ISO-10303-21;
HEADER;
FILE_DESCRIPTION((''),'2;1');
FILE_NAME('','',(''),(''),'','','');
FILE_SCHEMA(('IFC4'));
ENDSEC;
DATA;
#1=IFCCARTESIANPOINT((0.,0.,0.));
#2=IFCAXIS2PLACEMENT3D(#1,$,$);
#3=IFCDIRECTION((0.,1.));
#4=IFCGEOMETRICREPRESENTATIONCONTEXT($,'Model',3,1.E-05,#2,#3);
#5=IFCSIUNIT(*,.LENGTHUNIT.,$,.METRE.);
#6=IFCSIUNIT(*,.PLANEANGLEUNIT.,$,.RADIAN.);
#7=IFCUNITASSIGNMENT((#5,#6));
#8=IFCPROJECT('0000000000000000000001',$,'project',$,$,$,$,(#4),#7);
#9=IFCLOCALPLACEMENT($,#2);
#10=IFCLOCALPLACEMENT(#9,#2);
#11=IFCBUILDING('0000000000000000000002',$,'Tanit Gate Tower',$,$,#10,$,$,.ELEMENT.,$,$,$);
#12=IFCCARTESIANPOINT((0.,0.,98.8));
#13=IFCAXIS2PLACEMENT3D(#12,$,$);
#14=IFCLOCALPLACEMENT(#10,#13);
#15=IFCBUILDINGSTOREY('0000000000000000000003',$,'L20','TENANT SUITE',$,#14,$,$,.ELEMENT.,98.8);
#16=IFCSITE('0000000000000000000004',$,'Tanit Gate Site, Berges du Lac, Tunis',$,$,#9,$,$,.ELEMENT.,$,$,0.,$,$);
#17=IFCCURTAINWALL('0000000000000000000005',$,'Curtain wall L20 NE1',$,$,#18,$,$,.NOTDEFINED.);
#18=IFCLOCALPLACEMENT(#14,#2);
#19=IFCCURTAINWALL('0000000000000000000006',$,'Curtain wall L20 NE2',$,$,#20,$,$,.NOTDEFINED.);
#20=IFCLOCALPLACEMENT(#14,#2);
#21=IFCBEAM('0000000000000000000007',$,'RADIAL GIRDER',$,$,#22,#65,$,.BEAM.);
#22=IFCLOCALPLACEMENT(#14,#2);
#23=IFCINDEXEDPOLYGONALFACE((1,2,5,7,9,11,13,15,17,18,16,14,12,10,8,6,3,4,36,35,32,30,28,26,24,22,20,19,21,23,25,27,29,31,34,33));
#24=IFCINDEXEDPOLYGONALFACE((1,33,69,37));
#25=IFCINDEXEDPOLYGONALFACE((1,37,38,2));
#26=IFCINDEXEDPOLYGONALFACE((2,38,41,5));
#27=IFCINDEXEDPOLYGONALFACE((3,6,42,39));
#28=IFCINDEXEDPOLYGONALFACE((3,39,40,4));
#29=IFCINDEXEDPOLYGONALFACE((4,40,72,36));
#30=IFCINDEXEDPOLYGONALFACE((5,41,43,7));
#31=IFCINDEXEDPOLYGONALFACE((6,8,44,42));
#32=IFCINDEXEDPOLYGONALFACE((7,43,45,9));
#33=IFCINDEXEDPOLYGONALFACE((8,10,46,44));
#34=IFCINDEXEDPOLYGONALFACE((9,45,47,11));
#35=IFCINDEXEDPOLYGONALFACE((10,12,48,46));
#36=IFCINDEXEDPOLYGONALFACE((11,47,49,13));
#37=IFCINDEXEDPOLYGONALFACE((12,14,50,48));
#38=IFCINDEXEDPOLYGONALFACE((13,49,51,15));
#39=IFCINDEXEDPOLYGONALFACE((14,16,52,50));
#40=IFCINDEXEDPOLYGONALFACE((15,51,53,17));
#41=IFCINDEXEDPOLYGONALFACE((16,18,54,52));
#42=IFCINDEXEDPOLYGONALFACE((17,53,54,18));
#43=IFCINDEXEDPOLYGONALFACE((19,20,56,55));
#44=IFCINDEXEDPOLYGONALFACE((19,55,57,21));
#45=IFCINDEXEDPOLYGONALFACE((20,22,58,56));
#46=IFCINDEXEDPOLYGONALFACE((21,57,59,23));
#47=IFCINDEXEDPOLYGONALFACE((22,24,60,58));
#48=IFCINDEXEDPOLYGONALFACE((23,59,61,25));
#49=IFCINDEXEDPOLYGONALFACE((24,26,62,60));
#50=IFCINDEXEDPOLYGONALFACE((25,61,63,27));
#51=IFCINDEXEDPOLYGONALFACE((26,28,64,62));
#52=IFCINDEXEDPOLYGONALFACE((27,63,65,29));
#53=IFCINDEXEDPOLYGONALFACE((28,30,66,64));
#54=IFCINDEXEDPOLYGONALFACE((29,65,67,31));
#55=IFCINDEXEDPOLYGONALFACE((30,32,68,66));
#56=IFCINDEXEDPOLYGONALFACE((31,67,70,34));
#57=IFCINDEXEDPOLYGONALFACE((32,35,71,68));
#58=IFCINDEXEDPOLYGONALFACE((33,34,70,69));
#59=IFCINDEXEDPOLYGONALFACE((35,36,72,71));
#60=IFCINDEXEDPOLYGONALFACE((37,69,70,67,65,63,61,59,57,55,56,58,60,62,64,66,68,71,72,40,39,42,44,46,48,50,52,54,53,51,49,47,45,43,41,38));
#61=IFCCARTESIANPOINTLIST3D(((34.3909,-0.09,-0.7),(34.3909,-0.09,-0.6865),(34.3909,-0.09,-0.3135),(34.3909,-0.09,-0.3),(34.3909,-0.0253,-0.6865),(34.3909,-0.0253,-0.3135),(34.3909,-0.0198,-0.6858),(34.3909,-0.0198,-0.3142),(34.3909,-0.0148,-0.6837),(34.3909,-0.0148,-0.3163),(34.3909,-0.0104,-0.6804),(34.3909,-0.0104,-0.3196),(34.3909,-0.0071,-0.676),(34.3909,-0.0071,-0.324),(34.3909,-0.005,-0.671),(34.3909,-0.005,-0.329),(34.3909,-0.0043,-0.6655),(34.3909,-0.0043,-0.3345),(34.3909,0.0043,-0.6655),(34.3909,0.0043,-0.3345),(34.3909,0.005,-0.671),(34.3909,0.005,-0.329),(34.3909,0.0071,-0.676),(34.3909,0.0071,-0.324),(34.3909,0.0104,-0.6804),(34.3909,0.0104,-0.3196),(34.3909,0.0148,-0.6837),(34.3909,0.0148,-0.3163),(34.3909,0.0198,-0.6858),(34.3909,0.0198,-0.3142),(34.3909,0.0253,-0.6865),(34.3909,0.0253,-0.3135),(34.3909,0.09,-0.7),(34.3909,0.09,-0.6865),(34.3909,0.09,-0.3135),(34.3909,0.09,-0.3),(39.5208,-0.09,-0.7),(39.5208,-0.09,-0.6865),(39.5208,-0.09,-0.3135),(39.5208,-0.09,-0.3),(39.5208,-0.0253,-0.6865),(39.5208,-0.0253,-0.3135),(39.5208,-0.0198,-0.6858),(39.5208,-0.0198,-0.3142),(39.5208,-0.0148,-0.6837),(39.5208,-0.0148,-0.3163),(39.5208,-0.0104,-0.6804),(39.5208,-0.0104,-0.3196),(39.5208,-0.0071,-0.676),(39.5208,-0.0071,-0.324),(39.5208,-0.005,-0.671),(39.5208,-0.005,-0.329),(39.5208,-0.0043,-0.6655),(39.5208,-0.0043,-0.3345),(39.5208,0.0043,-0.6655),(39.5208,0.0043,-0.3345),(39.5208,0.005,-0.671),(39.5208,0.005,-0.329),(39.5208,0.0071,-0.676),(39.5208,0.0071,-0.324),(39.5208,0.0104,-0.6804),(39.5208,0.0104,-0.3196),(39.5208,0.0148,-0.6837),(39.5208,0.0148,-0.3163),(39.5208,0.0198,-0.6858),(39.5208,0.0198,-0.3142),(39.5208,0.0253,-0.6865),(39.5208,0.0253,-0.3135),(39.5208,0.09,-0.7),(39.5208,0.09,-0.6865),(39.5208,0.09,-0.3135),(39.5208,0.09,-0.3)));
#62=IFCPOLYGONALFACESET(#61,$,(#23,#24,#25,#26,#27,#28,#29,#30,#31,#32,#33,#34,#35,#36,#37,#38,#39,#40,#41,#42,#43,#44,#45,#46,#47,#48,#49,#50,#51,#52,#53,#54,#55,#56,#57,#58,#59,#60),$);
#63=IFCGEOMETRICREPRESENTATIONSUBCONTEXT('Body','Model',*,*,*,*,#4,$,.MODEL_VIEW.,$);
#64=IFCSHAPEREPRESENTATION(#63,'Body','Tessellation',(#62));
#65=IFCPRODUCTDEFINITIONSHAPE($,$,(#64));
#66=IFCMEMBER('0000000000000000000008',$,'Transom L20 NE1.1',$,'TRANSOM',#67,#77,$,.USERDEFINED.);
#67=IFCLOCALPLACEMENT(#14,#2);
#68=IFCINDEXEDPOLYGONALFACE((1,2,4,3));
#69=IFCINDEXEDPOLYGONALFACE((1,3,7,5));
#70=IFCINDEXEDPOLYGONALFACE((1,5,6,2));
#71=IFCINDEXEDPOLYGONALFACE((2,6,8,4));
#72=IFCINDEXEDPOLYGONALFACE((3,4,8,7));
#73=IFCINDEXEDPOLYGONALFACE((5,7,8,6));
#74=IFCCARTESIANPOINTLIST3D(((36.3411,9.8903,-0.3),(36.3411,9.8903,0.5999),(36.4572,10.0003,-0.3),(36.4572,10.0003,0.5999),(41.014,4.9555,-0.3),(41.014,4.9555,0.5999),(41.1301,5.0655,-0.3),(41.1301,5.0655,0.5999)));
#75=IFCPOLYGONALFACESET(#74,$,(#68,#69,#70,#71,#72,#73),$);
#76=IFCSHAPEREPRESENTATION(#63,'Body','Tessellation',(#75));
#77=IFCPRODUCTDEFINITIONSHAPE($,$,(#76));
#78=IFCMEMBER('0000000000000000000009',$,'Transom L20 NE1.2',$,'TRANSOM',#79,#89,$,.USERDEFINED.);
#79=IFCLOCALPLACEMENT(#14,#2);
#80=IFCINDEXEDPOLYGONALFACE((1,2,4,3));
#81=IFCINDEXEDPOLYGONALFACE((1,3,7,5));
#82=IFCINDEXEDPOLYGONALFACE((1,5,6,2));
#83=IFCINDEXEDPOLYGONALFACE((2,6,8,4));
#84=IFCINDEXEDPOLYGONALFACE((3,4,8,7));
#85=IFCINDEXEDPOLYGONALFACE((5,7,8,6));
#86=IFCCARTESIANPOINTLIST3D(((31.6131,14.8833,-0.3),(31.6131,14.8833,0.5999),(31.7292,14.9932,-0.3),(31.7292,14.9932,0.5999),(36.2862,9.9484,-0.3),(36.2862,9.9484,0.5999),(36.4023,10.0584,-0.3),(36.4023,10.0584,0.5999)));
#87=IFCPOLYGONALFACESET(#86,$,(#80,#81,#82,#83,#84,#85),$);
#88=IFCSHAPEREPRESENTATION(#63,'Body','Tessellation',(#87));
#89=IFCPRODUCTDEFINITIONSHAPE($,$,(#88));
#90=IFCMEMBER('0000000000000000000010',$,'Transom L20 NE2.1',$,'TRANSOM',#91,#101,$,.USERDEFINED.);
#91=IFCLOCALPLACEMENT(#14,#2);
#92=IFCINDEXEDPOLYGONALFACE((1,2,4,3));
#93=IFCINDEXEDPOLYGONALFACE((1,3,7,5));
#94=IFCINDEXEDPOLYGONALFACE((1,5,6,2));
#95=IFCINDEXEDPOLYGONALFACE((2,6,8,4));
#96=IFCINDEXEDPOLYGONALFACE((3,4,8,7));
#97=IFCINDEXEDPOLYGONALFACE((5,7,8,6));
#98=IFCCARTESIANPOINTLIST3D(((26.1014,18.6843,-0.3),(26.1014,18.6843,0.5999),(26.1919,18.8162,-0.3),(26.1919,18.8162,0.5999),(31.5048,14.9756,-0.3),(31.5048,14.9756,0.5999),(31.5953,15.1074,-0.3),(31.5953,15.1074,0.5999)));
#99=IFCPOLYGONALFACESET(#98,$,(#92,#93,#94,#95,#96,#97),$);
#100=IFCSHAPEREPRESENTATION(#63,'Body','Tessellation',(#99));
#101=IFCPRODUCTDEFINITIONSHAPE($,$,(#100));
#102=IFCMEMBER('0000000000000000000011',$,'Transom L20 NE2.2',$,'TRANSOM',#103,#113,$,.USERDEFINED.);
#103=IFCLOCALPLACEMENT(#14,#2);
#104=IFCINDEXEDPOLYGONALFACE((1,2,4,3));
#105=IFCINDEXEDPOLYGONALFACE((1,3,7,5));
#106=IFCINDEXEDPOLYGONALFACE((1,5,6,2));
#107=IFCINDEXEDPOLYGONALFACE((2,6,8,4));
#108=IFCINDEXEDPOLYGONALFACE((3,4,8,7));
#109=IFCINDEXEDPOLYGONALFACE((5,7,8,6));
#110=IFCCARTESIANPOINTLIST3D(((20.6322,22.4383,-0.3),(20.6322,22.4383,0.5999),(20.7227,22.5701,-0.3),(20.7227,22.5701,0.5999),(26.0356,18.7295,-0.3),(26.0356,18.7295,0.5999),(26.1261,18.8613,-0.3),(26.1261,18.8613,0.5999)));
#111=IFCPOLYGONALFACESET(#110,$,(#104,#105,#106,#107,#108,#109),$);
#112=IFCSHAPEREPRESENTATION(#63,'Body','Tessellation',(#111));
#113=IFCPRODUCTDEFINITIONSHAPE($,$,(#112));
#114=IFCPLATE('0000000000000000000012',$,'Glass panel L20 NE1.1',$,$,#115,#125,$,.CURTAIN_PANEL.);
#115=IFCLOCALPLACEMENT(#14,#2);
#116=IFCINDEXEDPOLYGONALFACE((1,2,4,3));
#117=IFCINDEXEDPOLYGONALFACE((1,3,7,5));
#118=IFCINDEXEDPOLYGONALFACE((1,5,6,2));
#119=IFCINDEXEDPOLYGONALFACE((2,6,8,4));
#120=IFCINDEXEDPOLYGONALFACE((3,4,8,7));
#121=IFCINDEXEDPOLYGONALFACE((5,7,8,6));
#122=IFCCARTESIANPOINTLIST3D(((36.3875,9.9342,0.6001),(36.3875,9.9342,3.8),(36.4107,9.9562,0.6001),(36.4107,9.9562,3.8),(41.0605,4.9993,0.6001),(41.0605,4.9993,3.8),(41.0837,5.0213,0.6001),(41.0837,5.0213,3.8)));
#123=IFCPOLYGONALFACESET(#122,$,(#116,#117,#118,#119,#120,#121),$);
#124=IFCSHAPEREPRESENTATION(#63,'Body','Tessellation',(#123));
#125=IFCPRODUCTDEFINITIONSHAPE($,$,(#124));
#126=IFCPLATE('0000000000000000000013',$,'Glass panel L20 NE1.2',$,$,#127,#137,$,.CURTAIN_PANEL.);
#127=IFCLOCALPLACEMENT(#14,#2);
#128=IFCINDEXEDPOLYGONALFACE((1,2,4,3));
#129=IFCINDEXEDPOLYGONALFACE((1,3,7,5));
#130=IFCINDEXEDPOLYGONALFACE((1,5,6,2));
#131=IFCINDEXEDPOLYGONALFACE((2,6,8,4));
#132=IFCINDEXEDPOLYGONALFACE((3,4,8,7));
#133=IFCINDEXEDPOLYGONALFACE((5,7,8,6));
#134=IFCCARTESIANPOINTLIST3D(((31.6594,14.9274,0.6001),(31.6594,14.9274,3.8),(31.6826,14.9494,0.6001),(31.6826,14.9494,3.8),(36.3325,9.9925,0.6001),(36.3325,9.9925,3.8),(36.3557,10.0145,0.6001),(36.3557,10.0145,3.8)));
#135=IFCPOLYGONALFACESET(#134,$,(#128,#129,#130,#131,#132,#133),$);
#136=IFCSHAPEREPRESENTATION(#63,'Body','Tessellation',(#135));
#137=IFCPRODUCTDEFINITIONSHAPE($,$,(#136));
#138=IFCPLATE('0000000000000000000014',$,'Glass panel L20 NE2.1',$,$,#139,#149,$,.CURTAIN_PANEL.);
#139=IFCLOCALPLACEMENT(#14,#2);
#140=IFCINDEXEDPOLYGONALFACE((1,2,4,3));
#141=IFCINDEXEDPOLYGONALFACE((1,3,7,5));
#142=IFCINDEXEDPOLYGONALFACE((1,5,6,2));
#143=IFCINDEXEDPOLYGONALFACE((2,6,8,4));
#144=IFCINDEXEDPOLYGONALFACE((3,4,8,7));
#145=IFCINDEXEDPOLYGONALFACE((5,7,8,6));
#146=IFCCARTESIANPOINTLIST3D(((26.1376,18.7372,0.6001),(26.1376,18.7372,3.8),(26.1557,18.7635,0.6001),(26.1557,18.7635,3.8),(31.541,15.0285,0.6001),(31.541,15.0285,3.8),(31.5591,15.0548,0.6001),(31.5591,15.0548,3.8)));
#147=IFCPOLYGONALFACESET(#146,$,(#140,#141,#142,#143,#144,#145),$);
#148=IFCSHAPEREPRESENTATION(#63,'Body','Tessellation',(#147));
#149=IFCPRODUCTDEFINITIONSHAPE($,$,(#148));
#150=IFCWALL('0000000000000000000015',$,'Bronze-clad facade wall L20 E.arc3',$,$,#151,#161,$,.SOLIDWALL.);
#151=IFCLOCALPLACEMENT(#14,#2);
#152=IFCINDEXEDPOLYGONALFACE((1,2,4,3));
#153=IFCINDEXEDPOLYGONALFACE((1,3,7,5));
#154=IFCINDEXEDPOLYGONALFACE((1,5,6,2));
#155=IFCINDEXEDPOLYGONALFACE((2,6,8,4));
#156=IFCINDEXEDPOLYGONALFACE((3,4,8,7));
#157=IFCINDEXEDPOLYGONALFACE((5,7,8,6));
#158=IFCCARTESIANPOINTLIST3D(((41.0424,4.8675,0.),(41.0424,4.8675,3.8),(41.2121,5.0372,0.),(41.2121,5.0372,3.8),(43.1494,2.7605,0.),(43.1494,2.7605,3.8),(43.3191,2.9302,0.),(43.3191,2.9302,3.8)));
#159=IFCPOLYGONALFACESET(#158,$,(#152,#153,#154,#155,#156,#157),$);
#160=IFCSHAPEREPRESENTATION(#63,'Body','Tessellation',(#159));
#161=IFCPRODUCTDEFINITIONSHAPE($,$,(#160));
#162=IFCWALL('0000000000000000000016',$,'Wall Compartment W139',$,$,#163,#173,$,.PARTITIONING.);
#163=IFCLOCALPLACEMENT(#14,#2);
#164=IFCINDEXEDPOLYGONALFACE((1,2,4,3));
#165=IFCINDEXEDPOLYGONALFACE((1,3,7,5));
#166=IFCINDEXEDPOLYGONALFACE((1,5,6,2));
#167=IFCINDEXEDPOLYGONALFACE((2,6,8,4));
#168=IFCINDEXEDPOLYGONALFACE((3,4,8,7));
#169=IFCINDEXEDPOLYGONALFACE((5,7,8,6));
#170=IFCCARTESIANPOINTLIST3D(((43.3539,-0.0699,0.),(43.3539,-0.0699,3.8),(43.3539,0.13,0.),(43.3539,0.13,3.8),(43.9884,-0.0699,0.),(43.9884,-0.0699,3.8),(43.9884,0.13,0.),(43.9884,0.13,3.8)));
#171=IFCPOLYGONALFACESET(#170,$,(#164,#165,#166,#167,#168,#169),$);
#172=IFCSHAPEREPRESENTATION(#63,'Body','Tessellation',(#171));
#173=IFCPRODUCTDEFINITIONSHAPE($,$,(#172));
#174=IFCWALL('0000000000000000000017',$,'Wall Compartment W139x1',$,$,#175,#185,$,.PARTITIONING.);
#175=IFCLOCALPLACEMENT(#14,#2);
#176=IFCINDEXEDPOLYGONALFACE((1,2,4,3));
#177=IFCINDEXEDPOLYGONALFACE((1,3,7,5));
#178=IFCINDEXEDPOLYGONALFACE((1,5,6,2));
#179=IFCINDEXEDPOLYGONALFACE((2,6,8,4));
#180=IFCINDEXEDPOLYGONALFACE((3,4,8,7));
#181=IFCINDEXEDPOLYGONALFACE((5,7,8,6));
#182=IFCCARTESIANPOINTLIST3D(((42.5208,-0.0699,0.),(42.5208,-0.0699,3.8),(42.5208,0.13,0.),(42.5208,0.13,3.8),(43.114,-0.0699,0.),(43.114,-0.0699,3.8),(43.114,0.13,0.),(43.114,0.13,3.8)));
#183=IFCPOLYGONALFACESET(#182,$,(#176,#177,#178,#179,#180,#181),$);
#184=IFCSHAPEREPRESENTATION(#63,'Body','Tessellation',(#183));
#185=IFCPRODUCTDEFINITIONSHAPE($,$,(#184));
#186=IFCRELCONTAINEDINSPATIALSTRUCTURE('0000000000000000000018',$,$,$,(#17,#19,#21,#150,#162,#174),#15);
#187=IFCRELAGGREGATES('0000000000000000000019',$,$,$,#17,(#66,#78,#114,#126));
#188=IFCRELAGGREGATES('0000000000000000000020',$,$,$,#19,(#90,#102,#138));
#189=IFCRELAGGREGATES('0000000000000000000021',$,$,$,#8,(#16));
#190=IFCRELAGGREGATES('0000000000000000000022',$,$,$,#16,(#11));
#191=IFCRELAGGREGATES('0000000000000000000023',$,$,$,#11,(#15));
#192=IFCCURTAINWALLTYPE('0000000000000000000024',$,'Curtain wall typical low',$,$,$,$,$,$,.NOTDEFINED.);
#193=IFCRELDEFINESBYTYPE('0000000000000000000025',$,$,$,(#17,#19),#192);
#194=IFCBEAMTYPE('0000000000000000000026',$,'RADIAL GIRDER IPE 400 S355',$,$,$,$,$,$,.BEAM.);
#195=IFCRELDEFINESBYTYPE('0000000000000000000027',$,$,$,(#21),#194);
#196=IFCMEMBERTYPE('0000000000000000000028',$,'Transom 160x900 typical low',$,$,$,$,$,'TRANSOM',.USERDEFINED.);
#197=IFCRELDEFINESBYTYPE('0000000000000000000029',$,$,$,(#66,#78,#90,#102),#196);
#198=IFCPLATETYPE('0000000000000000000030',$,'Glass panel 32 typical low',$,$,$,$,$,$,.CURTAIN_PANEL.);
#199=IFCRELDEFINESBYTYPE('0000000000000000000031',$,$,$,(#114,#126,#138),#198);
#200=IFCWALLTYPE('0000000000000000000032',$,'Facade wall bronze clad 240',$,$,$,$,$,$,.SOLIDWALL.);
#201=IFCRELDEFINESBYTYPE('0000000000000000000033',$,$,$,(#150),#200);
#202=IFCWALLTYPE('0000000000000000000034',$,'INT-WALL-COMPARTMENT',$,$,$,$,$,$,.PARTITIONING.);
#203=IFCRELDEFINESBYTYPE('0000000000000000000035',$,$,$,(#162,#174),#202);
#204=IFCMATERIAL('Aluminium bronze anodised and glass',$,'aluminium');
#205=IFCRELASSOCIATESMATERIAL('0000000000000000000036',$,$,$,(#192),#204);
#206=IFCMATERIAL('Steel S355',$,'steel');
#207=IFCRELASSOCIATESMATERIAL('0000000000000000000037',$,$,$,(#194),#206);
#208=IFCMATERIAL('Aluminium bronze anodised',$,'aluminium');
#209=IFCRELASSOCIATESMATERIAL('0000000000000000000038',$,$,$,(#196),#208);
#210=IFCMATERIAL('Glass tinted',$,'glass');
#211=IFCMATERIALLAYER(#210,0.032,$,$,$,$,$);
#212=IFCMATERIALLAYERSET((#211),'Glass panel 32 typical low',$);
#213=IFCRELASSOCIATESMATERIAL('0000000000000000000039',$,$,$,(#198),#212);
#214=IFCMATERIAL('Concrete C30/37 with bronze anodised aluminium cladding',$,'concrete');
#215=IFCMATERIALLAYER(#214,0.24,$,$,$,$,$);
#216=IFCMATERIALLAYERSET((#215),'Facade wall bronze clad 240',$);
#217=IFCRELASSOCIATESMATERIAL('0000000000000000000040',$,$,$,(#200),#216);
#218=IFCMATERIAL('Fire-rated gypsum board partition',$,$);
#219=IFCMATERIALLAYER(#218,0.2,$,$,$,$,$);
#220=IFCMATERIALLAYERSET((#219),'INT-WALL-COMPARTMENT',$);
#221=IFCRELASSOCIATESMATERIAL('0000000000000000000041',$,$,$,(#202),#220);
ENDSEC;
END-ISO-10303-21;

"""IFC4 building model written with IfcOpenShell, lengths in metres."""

from ifc_helpers import new_model, si_unit, direction, frame, frame_2d, origin, origin_2d, place, context, subcontext, project, spatial, rectangle, i_section, extrude, material, layer, layer_set, material_profile, profile_set, type_object, element, aggregate, save


model = new_model("IFC4")

# Units and contexts
model_context = context("Model", 3, precision=1e-05, world=origin(), true_north=direction((0.0, 1.0)))
body_context = subcontext(model_context, "Body", "Model", "MODEL_VIEW")
ifc_project = project(units=[si_unit("LENGTHUNIT", "METRE"), si_unit("PLANEANGLEUNIT", "RADIAN")], contexts=[model_context])

# Site, building, storey
site_placement = place(None, origin())
site = spatial("IfcSite", under=ifc_project, at=site_placement, Name="Tanit Gate Site, Berges du Lac, Tunis", CompositionType="ELEMENT", RefElevation=0.0)
building_placement = place(site_placement, origin())
building = spatial("IfcBuilding", under=site, at=building_placement, Name="Tanit Gate Tower", CompositionType="ELEMENT")
storey_placement = place(building_placement, frame((0.0, 0.0, 98.8)))
storey = spatial("IfcBuildingStorey", under=building, at=storey_placement, Name="L20", Description="TENANT SUITE", CompositionType="ELEMENT", Elevation=98.8)

# Curtain wall
ifc_material_1 = material(Name="Aluminium bronze anodised and glass", Category="aluminium")
curtain_wall_type = type_object("IfcCurtainWallType", Name="Curtain wall typical low", PredefinedType="NOTDEFINED", material=ifc_material_1)
curtain_wall_1_placement = place(storey_placement, origin())
curtain_wall_1 = element("IfcCurtainWall", 1, at=curtain_wall_1_placement, inside=storey, type_object=curtain_wall_type, Name="Curtain wall L20 NE1", PredefinedType="NOTDEFINED")

# Curtain wall
curtain_wall_2_placement = place(storey_placement, origin())
curtain_wall_2 = element("IfcCurtainWall", 2, at=curtain_wall_2_placement, inside=storey, type_object=curtain_wall_type, Name="Curtain wall L20 NE2", PredefinedType="NOTDEFINED")

# Beam
ifc_material_2 = material(Name="Steel S355", Category="steel")
ifc_material_profile_1 = material_profile(ifc_material_2, i_section(OverallWidth=0.1799, OverallDepth=0.3999, WebThickness=0.0085, FlangeThickness=0.0134, FilletRadius=0.021, at=origin_2d()), Name="IPE 400")
ifc_profile_set_1 = profile_set([ifc_material_profile_1], Name="Steel S355")
beam_type_1 = type_object("IfcBeamType", Name="RADIAL GIRDER IPE 400 S355", PredefinedType="BEAM", material=ifc_profile_set_1)
beam_1_placement = place(storey_placement, frame((39.5208, 0.0, -0.5), z_axis=(-1.0, 0.0, 0.0), x_axis=(0.0, -1.0, 0.0)))
element("IfcBeam", 3, at=beam_1_placement, inside=storey, type_object=beam_type_1, Name="RADIAL GIRDER", PredefinedType="BEAM", context=body_context, shape_type="SweptSolid", body=[
    extrude(i_section(OverallWidth=0.1799, OverallDepth=0.3999, WebThickness=0.0085, FlangeThickness=0.0134, FilletRadius=0.021, at=origin_2d()), origin(), (0.0, 0.0, 1.0), 5.1299),
])

# Members
ifc_material_3 = material(Name="Aluminium bronze anodised", Category="aluminium")
ifc_material_profile_2 = material_profile(ifc_material_3, rectangle(XDim=0.1599, YDim=0.8999, at=origin_2d()), Name="160x900 bronze transom")
ifc_profile_set_2 = profile_set([ifc_material_profile_2], Name="Aluminium bronze anodised")
member_type_1 = type_object("IfcMemberType", Name="Transom 160x900 typical low", ElementType="TRANSOM", PredefinedType="USERDEFINED", material=ifc_profile_set_2)
member_1_placement = place(storey_placement, frame((41.072, 5.0105, 0.1499), z_axis=(-0.687571, 0.726117, 0.0), x_axis=(-0.726117, -0.687571, 0.0)))
member_1 = element("IfcMember", 4, at=member_1_placement, type_object=member_type_1, Name="Transom L20 NE1.1", ObjectType="TRANSOM", PredefinedType="USERDEFINED", context=body_context, shape_type="SweptSolid", body=[
    extrude(rectangle(XDim=0.1599, YDim=0.8999, at=origin_2d()), origin(), (0.0, 0.0, 1.0), 6.7961),
])
member_2_placement = place(storey_placement, frame((36.3442, 10.0034, 0.1499), z_axis=(-0.68759, 0.726099, 0.0), x_axis=(-0.726099, -0.68759, 0.0)))
member_2 = element("IfcMember", 5, at=member_2_placement, type_object=member_type_1, Name="Transom L20 NE1.2", ObjectType="TRANSOM", PredefinedType="USERDEFINED", context=body_context, shape_type="SweptSolid", body=[
    extrude(rectangle(XDim=0.1599, YDim=0.8999, at=origin_2d()), origin(), (0.0, 0.0, 1.0), 6.7964),
])
member_3_placement = place(storey_placement, frame((31.55, 15.0415, 0.1499), z_axis=(-0.824472, 0.565903, 0.0), x_axis=(-0.565903, -0.824472, 0.0)))
member_3 = element("IfcMember", 6, at=member_3_placement, type_object=member_type_1, Name="Transom L20 NE2.1", ObjectType="TRANSOM", PredefinedType="USERDEFINED", context=body_context, shape_type="SweptSolid", body=[
    extrude(rectangle(XDim=0.1599, YDim=0.8999, at=origin_2d()), origin(), (0.0, 0.0, 1.0), 6.5537),
])
member_4_placement = place(storey_placement, frame((26.0808, 18.7954, 0.1499), z_axis=(-0.824472, 0.565903, 0.0), x_axis=(-0.565903, -0.824472, 0.0)))
member_4 = element("IfcMember", 7, at=member_4_placement, type_object=member_type_1, Name="Transom L20 NE2.2", ObjectType="TRANSOM", PredefinedType="USERDEFINED", context=body_context, shape_type="SweptSolid", body=[
    extrude(rectangle(XDim=0.1599, YDim=0.8999, at=origin_2d()), origin(), (0.0, 0.0, 1.0), 6.5537),
])

# Plates
ifc_material_4 = material(Name="Glass tinted", Category="glass")
ifc_layer_1 = layer(ifc_material_4, 0.032)
ifc_layer_set_1 = layer_set([ifc_layer_1], Name="Glass panel 32 typical low")
plate_type = type_object("IfcPlateType", Name="Glass panel 32 typical low", PredefinedType="CURTAIN_PANEL", material=ifc_layer_set_1)
plate_1_placement = place(storey_placement, frame((38.7356, 7.4778, 0.6001), z_axis=(0.0, 0.0, 1.0), x_axis=(-0.687581, 0.726107, 0.0)))
plate_1 = element("IfcPlate", 8, at=plate_1_placement, type_object=plate_type, Name="Glass panel L20 NE1.1", PredefinedType="CURTAIN_PANEL", context=body_context, shape_type="SweptSolid", body=[
    extrude(rectangle(XDim=6.7964, YDim=0.032, at=origin_2d()), origin(), (0.0, 0.0, 1.0), 3.2),
])
plate_2_placement = place(storey_placement, frame((34.0076, 12.4709, 0.6001), z_axis=(0.0, 0.0, 1.0), x_axis=(-0.687581, 0.726107, 0.0)))
plate_2 = element("IfcPlate", 9, at=plate_2_placement, type_object=plate_type, Name="Glass panel L20 NE1.2", PredefinedType="CURTAIN_PANEL", context=body_context, shape_type="SweptSolid", body=[
    extrude(rectangle(XDim=6.7964, YDim=0.032, at=origin_2d()), origin(), (0.0, 0.0, 1.0), 3.2),
])
aggregate(curtain_wall_1, [member_1, member_2, plate_1, plate_2])
plate_3_placement = place(storey_placement, frame((28.8484, 16.896, 0.6001), z_axis=(0.0, 0.0, 1.0), x_axis=(-0.824479, 0.565893, 0.0)))
plate_3 = element("IfcPlate", 10, at=plate_3_placement, type_object=plate_type, Name="Glass panel L20 NE2.1", PredefinedType="CURTAIN_PANEL", context=body_context, shape_type="SweptSolid", body=[
    extrude(rectangle(XDim=6.5537, YDim=0.032, at=origin_2d()), origin(), (0.0, 0.0, 1.0), 3.2),
])
aggregate(curtain_wall_2, [member_3, member_4, plate_3])

# Walls
ifc_material_5 = material(Name="Concrete C30/37 with bronze anodised aluminium cladding", Category="concrete")
ifc_layer_2 = layer(ifc_material_5, 0.24)
ifc_layer_set_2 = layer_set([ifc_layer_2], Name="Facade wall bronze clad 240")
wall_type_1 = type_object("IfcWallType", Name="Facade wall bronze clad 240", PredefinedType="SOLIDWALL", material=ifc_layer_set_2)
wall_1_placement = place(storey_placement, frame((43.2341, 2.8455, 0.0), z_axis=(0.0, 0.0, 1.0), x_axis=(-0.707107, 0.707107, 0.0)))
element("IfcWall", 11, at=wall_1_placement, inside=storey, type_object=wall_type_1, Name="Bronze-clad facade wall L20 E.arc3", PredefinedType="SOLIDWALL", context=body_context, shape_type="SweptSolid", body=[
    extrude(rectangle(XDim=2.9797, YDim=0.24, at=frame_2d((1.4897, 0.0))), origin(), (0.0, 0.0, 1.0), 3.8),
])
ifc_material_6 = material(Name="Fire-rated gypsum board partition")
ifc_layer_3 = layer(ifc_material_6, 0.2)
ifc_layer_set_3 = layer_set([ifc_layer_3], Name="INT-WALL-COMPARTMENT")
wall_type_2 = type_object("IfcWallType", Name="INT-WALL-COMPARTMENT", PredefinedType="PARTITIONING", material=ifc_layer_set_3)
wall_2_placement = place(storey_placement, frame((43.9885, 0.03, 0.0), z_axis=(0.0, 0.0, 1.0), x_axis=(-1.0, 0.0, 0.0)))
element("IfcWall", 12, at=wall_2_placement, inside=storey, type_object=wall_type_2, Name="Wall Compartment W139", PredefinedType="PARTITIONING", context=body_context, shape_type="SweptSolid", body=[
    extrude(rectangle(XDim=0.6345, YDim=0.2, at=frame_2d((0.3174, 0.0))), origin(), (0.0, 0.0, 1.0), 3.8),
])
wall_3_placement = place(storey_placement, frame((43.114, 0.03, 0.0), z_axis=(0.0, 0.0, 1.0), x_axis=(-1.0, 0.0, 0.0)))
element("IfcWall", 13, at=wall_3_placement, inside=storey, type_object=wall_type_2, Name="Wall Compartment W139x1", PredefinedType="PARTITIONING", context=body_context, shape_type="SweptSolid", body=[
    extrude(rectangle(XDim=0.5933, YDim=0.2, at=frame_2d((0.2966, 0.0))), origin(), (0.0, 0.0, 1.0), 3.8),
])

save(model, "model.ifc")
